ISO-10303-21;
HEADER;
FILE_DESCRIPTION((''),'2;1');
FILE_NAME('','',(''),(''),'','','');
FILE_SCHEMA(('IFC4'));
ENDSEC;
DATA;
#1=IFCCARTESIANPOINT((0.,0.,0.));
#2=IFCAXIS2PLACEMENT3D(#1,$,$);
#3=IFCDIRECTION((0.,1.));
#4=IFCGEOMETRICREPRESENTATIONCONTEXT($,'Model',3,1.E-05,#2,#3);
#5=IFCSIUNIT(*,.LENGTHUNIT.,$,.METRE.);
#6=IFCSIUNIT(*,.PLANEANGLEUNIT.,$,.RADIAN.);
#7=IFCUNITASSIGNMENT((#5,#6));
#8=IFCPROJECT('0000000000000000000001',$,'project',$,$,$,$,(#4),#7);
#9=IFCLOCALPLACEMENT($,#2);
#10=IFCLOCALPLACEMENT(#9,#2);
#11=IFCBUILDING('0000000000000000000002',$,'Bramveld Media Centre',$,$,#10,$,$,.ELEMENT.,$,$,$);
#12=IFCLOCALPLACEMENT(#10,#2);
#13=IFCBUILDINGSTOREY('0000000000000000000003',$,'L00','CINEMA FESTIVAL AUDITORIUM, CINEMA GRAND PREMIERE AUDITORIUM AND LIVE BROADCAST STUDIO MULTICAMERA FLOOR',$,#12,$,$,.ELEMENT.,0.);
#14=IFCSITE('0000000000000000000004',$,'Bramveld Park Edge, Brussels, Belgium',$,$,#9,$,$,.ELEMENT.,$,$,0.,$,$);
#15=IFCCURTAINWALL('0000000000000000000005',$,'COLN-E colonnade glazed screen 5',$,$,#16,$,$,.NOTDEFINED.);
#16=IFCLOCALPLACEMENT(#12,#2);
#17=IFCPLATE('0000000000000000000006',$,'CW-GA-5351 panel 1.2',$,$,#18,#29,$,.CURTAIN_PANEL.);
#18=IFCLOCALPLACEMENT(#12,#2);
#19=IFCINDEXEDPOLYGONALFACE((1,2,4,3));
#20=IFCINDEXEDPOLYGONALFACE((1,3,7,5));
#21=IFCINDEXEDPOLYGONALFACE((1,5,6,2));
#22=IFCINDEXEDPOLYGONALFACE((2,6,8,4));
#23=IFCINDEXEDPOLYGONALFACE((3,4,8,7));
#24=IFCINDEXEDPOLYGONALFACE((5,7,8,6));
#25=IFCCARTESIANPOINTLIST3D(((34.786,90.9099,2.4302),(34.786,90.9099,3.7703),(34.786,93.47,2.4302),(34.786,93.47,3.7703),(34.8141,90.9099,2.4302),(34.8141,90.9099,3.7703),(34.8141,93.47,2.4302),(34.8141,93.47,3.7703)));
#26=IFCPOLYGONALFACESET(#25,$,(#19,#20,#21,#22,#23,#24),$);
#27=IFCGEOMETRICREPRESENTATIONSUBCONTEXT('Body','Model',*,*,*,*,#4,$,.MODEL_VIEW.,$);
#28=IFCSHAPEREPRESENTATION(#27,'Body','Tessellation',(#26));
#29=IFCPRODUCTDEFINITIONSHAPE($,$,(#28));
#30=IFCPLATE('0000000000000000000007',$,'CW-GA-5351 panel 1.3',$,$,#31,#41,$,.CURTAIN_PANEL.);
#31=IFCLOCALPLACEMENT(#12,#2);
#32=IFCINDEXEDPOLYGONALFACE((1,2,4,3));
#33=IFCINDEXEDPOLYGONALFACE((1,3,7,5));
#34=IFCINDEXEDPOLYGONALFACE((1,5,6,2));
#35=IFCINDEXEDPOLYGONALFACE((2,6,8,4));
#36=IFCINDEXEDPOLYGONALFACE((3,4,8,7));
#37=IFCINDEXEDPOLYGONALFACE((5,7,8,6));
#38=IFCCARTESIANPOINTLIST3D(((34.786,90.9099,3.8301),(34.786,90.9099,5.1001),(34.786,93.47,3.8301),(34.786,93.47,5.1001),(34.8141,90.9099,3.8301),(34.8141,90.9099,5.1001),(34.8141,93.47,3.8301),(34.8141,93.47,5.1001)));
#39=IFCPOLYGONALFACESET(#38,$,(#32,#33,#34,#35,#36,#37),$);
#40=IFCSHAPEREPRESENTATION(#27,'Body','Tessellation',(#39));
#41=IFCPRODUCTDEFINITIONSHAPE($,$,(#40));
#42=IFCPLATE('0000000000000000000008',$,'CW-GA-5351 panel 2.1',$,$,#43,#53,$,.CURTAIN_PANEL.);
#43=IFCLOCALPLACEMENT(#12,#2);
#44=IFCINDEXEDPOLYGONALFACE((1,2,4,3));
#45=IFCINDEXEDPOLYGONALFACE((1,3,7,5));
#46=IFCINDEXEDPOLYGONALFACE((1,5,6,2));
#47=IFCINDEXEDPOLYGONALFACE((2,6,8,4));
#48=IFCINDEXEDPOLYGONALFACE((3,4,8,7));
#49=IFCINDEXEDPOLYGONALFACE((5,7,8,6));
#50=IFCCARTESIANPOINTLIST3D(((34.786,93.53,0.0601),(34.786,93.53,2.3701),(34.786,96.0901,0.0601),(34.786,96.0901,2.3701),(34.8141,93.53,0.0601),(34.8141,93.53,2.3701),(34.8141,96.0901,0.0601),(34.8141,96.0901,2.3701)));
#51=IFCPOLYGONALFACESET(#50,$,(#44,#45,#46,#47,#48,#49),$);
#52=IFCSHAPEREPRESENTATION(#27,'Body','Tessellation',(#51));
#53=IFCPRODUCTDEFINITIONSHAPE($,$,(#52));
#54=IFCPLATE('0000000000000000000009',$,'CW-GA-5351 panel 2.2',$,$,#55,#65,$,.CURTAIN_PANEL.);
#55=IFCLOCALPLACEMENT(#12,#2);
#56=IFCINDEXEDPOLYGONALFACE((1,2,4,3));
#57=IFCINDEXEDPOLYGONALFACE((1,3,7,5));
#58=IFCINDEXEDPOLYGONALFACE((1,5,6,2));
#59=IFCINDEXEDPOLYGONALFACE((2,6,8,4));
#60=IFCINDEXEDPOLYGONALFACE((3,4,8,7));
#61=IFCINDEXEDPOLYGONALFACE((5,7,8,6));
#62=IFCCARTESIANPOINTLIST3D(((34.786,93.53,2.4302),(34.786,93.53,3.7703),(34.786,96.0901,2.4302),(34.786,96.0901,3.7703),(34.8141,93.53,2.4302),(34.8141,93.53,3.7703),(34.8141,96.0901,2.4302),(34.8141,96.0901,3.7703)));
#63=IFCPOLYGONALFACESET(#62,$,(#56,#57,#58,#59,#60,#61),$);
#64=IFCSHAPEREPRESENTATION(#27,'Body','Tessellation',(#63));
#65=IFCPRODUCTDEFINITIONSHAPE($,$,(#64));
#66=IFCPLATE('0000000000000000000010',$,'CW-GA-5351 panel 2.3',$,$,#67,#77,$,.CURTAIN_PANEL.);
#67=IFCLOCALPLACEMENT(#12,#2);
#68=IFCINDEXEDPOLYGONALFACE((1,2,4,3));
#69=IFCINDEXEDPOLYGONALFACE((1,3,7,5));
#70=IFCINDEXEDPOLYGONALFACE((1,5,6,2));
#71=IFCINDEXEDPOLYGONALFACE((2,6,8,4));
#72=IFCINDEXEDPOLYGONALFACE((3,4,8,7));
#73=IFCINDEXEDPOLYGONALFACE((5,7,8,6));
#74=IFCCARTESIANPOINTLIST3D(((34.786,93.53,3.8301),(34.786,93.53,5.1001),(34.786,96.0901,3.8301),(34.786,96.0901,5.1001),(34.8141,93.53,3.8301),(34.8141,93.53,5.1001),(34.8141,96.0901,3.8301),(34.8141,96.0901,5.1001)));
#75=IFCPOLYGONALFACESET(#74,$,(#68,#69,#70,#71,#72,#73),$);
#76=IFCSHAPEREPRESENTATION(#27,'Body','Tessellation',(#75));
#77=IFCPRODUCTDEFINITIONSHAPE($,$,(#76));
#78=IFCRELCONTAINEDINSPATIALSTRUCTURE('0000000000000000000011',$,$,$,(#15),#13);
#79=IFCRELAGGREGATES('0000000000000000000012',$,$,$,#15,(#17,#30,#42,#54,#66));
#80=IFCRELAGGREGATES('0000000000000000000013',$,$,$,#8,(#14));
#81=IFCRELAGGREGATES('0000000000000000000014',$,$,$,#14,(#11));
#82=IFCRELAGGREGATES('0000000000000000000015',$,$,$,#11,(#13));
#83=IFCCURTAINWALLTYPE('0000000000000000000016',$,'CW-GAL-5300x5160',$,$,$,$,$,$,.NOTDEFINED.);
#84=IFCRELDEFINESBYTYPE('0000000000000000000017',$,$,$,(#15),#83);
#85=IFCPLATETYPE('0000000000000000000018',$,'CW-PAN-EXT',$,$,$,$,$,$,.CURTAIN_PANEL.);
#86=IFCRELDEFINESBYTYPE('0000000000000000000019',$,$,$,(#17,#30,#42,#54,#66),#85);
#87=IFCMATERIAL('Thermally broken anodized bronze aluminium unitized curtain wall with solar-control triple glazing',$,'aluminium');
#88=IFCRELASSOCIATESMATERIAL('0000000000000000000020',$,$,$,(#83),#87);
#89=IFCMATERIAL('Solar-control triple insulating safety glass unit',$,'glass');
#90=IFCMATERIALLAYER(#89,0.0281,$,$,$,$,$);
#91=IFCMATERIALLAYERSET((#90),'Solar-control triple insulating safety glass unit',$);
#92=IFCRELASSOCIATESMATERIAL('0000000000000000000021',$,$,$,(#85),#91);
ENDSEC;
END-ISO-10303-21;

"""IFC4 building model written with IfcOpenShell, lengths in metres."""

from ifc_helpers import new_model, si_unit, direction, frame, origin, origin_2d, place, context, subcontext, project, spatial, rectangle, extrude, material, layer, layer_set, type_object, element, aggregate, save


model = new_model("IFC4")

# Units and contexts
model_context = context("Model", 3, precision=1e-05, world=origin(), true_north=direction((0.0, 1.0)))
body_context = subcontext(model_context, "Body", "Model", "MODEL_VIEW")
ifc_project = project(units=[si_unit("LENGTHUNIT", "METRE"), si_unit("PLANEANGLEUNIT", "RADIAN")], contexts=[model_context])

# Site, building, storey
site_placement = place(None, origin())
site = spatial("IfcSite", under=ifc_project, at=site_placement, Name="Bramveld Park Edge, Brussels, Belgium", CompositionType="ELEMENT", RefElevation=0.0)
building_placement = place(site_placement, origin())
building = spatial("IfcBuilding", under=site, at=building_placement, Name="Bramveld Media Centre", CompositionType="ELEMENT")
storey_placement = place(building_placement, origin())
storey = spatial("IfcBuildingStorey", under=building, at=storey_placement, Name="L00", Description="CINEMA FESTIVAL AUDITORIUM, CINEMA GRAND PREMIERE AUDITORIUM AND LIVE BROADCAST STUDIO MULTICAMERA FLOOR", CompositionType="ELEMENT", Elevation=0.0)

# Curtain wall
ifc_material_1 = material(Name="Thermally broken anodized bronze aluminium unitized curtain wall with solar-control triple glazing", Category="aluminium")
curtain_wall_type_1 = type_object("IfcCurtainWallType", Name="CW-GAL-5300x5160", PredefinedType="NOTDEFINED", material=ifc_material_1)
curtain_wall_1_placement = place(storey_placement, origin())
curtain_wall_1 = element("IfcCurtainWall", 1, at=curtain_wall_1_placement, inside=storey, type_object=curtain_wall_type_1, Name="COLN-E colonnade glazed screen 5", PredefinedType="NOTDEFINED")

# Plates
ifc_material_2 = material(Name="Solar-control triple insulating safety glass unit", Category="glass")
ifc_layer = layer(ifc_material_2, 0.0281)
ifc_layer_set = layer_set([ifc_layer], Name="Solar-control triple insulating safety glass unit")
plate_type = type_object("IfcPlateType", Name="CW-PAN-EXT", PredefinedType="CURTAIN_PANEL", material=ifc_layer_set)
plate_1_placement = place(storey_placement, frame((34.8, 92.1899, 2.4302), z_axis=(0.0, 0.0, 1.0), x_axis=(0.0, 1.0, 0.0)))
plate_1 = element("IfcPlate", 2, at=plate_1_placement, type_object=plate_type, Name="CW-GA-5351 panel 1.2", PredefinedType="CURTAIN_PANEL", context=body_context, shape_type="SweptSolid", body=[
    extrude(rectangle(XDim=2.5601, YDim=0.0281, at=origin_2d()), origin(), (0.0, 0.0, 1.0), 1.3401),
])
plate_2_placement = place(storey_placement, frame((34.8, 92.1899, 3.8301), z_axis=(0.0, 0.0, 1.0), x_axis=(0.0, 1.0, 0.0)))
plate_2 = element("IfcPlate", 3, at=plate_2_placement, type_object=plate_type, Name="CW-GA-5351 panel 1.3", PredefinedType="CURTAIN_PANEL", context=body_context, shape_type="SweptSolid", body=[
    extrude(rectangle(XDim=2.5601, YDim=0.0281, at=origin_2d()), origin(), (0.0, 0.0, 1.0), 1.27),
])
plate_3_placement = place(storey_placement, frame((34.8, 94.8101, 0.0601), z_axis=(0.0, 0.0, 1.0), x_axis=(0.0, 1.0, 0.0)))
plate_3 = element("IfcPlate", 4, at=plate_3_placement, type_object=plate_type, Name="CW-GA-5351 panel 2.1", PredefinedType="CURTAIN_PANEL", context=body_context, shape_type="SweptSolid", body=[
    extrude(rectangle(XDim=2.5601, YDim=0.0281, at=origin_2d()), origin(), (0.0, 0.0, 1.0), 2.3101),
])
plate_4_placement = place(storey_placement, frame((34.8, 94.8101, 2.4302), z_axis=(0.0, 0.0, 1.0), x_axis=(0.0, 1.0, 0.0)))
plate_4 = element("IfcPlate", 5, at=plate_4_placement, type_object=plate_type, Name="CW-GA-5351 panel 2.2", PredefinedType="CURTAIN_PANEL", context=body_context, shape_type="SweptSolid", body=[
    extrude(rectangle(XDim=2.5601, YDim=0.0281, at=origin_2d()), origin(), (0.0, 0.0, 1.0), 1.3401),
])
plate_5_placement = place(storey_placement, frame((34.8, 94.8101, 3.8301), z_axis=(0.0, 0.0, 1.0), x_axis=(0.0, 1.0, 0.0)))
plate_5 = element("IfcPlate", 6, at=plate_5_placement, type_object=plate_type, Name="CW-GA-5351 panel 2.3", PredefinedType="CURTAIN_PANEL", context=body_context, shape_type="SweptSolid", body=[
    extrude(rectangle(XDim=2.5601, YDim=0.0281, at=origin_2d()), origin(), (0.0, 0.0, 1.0), 1.27),
])
aggregate(curtain_wall_1, [plate_1, plate_2, plate_3, plate_4, plate_5])

save(model, "model.ifc")
